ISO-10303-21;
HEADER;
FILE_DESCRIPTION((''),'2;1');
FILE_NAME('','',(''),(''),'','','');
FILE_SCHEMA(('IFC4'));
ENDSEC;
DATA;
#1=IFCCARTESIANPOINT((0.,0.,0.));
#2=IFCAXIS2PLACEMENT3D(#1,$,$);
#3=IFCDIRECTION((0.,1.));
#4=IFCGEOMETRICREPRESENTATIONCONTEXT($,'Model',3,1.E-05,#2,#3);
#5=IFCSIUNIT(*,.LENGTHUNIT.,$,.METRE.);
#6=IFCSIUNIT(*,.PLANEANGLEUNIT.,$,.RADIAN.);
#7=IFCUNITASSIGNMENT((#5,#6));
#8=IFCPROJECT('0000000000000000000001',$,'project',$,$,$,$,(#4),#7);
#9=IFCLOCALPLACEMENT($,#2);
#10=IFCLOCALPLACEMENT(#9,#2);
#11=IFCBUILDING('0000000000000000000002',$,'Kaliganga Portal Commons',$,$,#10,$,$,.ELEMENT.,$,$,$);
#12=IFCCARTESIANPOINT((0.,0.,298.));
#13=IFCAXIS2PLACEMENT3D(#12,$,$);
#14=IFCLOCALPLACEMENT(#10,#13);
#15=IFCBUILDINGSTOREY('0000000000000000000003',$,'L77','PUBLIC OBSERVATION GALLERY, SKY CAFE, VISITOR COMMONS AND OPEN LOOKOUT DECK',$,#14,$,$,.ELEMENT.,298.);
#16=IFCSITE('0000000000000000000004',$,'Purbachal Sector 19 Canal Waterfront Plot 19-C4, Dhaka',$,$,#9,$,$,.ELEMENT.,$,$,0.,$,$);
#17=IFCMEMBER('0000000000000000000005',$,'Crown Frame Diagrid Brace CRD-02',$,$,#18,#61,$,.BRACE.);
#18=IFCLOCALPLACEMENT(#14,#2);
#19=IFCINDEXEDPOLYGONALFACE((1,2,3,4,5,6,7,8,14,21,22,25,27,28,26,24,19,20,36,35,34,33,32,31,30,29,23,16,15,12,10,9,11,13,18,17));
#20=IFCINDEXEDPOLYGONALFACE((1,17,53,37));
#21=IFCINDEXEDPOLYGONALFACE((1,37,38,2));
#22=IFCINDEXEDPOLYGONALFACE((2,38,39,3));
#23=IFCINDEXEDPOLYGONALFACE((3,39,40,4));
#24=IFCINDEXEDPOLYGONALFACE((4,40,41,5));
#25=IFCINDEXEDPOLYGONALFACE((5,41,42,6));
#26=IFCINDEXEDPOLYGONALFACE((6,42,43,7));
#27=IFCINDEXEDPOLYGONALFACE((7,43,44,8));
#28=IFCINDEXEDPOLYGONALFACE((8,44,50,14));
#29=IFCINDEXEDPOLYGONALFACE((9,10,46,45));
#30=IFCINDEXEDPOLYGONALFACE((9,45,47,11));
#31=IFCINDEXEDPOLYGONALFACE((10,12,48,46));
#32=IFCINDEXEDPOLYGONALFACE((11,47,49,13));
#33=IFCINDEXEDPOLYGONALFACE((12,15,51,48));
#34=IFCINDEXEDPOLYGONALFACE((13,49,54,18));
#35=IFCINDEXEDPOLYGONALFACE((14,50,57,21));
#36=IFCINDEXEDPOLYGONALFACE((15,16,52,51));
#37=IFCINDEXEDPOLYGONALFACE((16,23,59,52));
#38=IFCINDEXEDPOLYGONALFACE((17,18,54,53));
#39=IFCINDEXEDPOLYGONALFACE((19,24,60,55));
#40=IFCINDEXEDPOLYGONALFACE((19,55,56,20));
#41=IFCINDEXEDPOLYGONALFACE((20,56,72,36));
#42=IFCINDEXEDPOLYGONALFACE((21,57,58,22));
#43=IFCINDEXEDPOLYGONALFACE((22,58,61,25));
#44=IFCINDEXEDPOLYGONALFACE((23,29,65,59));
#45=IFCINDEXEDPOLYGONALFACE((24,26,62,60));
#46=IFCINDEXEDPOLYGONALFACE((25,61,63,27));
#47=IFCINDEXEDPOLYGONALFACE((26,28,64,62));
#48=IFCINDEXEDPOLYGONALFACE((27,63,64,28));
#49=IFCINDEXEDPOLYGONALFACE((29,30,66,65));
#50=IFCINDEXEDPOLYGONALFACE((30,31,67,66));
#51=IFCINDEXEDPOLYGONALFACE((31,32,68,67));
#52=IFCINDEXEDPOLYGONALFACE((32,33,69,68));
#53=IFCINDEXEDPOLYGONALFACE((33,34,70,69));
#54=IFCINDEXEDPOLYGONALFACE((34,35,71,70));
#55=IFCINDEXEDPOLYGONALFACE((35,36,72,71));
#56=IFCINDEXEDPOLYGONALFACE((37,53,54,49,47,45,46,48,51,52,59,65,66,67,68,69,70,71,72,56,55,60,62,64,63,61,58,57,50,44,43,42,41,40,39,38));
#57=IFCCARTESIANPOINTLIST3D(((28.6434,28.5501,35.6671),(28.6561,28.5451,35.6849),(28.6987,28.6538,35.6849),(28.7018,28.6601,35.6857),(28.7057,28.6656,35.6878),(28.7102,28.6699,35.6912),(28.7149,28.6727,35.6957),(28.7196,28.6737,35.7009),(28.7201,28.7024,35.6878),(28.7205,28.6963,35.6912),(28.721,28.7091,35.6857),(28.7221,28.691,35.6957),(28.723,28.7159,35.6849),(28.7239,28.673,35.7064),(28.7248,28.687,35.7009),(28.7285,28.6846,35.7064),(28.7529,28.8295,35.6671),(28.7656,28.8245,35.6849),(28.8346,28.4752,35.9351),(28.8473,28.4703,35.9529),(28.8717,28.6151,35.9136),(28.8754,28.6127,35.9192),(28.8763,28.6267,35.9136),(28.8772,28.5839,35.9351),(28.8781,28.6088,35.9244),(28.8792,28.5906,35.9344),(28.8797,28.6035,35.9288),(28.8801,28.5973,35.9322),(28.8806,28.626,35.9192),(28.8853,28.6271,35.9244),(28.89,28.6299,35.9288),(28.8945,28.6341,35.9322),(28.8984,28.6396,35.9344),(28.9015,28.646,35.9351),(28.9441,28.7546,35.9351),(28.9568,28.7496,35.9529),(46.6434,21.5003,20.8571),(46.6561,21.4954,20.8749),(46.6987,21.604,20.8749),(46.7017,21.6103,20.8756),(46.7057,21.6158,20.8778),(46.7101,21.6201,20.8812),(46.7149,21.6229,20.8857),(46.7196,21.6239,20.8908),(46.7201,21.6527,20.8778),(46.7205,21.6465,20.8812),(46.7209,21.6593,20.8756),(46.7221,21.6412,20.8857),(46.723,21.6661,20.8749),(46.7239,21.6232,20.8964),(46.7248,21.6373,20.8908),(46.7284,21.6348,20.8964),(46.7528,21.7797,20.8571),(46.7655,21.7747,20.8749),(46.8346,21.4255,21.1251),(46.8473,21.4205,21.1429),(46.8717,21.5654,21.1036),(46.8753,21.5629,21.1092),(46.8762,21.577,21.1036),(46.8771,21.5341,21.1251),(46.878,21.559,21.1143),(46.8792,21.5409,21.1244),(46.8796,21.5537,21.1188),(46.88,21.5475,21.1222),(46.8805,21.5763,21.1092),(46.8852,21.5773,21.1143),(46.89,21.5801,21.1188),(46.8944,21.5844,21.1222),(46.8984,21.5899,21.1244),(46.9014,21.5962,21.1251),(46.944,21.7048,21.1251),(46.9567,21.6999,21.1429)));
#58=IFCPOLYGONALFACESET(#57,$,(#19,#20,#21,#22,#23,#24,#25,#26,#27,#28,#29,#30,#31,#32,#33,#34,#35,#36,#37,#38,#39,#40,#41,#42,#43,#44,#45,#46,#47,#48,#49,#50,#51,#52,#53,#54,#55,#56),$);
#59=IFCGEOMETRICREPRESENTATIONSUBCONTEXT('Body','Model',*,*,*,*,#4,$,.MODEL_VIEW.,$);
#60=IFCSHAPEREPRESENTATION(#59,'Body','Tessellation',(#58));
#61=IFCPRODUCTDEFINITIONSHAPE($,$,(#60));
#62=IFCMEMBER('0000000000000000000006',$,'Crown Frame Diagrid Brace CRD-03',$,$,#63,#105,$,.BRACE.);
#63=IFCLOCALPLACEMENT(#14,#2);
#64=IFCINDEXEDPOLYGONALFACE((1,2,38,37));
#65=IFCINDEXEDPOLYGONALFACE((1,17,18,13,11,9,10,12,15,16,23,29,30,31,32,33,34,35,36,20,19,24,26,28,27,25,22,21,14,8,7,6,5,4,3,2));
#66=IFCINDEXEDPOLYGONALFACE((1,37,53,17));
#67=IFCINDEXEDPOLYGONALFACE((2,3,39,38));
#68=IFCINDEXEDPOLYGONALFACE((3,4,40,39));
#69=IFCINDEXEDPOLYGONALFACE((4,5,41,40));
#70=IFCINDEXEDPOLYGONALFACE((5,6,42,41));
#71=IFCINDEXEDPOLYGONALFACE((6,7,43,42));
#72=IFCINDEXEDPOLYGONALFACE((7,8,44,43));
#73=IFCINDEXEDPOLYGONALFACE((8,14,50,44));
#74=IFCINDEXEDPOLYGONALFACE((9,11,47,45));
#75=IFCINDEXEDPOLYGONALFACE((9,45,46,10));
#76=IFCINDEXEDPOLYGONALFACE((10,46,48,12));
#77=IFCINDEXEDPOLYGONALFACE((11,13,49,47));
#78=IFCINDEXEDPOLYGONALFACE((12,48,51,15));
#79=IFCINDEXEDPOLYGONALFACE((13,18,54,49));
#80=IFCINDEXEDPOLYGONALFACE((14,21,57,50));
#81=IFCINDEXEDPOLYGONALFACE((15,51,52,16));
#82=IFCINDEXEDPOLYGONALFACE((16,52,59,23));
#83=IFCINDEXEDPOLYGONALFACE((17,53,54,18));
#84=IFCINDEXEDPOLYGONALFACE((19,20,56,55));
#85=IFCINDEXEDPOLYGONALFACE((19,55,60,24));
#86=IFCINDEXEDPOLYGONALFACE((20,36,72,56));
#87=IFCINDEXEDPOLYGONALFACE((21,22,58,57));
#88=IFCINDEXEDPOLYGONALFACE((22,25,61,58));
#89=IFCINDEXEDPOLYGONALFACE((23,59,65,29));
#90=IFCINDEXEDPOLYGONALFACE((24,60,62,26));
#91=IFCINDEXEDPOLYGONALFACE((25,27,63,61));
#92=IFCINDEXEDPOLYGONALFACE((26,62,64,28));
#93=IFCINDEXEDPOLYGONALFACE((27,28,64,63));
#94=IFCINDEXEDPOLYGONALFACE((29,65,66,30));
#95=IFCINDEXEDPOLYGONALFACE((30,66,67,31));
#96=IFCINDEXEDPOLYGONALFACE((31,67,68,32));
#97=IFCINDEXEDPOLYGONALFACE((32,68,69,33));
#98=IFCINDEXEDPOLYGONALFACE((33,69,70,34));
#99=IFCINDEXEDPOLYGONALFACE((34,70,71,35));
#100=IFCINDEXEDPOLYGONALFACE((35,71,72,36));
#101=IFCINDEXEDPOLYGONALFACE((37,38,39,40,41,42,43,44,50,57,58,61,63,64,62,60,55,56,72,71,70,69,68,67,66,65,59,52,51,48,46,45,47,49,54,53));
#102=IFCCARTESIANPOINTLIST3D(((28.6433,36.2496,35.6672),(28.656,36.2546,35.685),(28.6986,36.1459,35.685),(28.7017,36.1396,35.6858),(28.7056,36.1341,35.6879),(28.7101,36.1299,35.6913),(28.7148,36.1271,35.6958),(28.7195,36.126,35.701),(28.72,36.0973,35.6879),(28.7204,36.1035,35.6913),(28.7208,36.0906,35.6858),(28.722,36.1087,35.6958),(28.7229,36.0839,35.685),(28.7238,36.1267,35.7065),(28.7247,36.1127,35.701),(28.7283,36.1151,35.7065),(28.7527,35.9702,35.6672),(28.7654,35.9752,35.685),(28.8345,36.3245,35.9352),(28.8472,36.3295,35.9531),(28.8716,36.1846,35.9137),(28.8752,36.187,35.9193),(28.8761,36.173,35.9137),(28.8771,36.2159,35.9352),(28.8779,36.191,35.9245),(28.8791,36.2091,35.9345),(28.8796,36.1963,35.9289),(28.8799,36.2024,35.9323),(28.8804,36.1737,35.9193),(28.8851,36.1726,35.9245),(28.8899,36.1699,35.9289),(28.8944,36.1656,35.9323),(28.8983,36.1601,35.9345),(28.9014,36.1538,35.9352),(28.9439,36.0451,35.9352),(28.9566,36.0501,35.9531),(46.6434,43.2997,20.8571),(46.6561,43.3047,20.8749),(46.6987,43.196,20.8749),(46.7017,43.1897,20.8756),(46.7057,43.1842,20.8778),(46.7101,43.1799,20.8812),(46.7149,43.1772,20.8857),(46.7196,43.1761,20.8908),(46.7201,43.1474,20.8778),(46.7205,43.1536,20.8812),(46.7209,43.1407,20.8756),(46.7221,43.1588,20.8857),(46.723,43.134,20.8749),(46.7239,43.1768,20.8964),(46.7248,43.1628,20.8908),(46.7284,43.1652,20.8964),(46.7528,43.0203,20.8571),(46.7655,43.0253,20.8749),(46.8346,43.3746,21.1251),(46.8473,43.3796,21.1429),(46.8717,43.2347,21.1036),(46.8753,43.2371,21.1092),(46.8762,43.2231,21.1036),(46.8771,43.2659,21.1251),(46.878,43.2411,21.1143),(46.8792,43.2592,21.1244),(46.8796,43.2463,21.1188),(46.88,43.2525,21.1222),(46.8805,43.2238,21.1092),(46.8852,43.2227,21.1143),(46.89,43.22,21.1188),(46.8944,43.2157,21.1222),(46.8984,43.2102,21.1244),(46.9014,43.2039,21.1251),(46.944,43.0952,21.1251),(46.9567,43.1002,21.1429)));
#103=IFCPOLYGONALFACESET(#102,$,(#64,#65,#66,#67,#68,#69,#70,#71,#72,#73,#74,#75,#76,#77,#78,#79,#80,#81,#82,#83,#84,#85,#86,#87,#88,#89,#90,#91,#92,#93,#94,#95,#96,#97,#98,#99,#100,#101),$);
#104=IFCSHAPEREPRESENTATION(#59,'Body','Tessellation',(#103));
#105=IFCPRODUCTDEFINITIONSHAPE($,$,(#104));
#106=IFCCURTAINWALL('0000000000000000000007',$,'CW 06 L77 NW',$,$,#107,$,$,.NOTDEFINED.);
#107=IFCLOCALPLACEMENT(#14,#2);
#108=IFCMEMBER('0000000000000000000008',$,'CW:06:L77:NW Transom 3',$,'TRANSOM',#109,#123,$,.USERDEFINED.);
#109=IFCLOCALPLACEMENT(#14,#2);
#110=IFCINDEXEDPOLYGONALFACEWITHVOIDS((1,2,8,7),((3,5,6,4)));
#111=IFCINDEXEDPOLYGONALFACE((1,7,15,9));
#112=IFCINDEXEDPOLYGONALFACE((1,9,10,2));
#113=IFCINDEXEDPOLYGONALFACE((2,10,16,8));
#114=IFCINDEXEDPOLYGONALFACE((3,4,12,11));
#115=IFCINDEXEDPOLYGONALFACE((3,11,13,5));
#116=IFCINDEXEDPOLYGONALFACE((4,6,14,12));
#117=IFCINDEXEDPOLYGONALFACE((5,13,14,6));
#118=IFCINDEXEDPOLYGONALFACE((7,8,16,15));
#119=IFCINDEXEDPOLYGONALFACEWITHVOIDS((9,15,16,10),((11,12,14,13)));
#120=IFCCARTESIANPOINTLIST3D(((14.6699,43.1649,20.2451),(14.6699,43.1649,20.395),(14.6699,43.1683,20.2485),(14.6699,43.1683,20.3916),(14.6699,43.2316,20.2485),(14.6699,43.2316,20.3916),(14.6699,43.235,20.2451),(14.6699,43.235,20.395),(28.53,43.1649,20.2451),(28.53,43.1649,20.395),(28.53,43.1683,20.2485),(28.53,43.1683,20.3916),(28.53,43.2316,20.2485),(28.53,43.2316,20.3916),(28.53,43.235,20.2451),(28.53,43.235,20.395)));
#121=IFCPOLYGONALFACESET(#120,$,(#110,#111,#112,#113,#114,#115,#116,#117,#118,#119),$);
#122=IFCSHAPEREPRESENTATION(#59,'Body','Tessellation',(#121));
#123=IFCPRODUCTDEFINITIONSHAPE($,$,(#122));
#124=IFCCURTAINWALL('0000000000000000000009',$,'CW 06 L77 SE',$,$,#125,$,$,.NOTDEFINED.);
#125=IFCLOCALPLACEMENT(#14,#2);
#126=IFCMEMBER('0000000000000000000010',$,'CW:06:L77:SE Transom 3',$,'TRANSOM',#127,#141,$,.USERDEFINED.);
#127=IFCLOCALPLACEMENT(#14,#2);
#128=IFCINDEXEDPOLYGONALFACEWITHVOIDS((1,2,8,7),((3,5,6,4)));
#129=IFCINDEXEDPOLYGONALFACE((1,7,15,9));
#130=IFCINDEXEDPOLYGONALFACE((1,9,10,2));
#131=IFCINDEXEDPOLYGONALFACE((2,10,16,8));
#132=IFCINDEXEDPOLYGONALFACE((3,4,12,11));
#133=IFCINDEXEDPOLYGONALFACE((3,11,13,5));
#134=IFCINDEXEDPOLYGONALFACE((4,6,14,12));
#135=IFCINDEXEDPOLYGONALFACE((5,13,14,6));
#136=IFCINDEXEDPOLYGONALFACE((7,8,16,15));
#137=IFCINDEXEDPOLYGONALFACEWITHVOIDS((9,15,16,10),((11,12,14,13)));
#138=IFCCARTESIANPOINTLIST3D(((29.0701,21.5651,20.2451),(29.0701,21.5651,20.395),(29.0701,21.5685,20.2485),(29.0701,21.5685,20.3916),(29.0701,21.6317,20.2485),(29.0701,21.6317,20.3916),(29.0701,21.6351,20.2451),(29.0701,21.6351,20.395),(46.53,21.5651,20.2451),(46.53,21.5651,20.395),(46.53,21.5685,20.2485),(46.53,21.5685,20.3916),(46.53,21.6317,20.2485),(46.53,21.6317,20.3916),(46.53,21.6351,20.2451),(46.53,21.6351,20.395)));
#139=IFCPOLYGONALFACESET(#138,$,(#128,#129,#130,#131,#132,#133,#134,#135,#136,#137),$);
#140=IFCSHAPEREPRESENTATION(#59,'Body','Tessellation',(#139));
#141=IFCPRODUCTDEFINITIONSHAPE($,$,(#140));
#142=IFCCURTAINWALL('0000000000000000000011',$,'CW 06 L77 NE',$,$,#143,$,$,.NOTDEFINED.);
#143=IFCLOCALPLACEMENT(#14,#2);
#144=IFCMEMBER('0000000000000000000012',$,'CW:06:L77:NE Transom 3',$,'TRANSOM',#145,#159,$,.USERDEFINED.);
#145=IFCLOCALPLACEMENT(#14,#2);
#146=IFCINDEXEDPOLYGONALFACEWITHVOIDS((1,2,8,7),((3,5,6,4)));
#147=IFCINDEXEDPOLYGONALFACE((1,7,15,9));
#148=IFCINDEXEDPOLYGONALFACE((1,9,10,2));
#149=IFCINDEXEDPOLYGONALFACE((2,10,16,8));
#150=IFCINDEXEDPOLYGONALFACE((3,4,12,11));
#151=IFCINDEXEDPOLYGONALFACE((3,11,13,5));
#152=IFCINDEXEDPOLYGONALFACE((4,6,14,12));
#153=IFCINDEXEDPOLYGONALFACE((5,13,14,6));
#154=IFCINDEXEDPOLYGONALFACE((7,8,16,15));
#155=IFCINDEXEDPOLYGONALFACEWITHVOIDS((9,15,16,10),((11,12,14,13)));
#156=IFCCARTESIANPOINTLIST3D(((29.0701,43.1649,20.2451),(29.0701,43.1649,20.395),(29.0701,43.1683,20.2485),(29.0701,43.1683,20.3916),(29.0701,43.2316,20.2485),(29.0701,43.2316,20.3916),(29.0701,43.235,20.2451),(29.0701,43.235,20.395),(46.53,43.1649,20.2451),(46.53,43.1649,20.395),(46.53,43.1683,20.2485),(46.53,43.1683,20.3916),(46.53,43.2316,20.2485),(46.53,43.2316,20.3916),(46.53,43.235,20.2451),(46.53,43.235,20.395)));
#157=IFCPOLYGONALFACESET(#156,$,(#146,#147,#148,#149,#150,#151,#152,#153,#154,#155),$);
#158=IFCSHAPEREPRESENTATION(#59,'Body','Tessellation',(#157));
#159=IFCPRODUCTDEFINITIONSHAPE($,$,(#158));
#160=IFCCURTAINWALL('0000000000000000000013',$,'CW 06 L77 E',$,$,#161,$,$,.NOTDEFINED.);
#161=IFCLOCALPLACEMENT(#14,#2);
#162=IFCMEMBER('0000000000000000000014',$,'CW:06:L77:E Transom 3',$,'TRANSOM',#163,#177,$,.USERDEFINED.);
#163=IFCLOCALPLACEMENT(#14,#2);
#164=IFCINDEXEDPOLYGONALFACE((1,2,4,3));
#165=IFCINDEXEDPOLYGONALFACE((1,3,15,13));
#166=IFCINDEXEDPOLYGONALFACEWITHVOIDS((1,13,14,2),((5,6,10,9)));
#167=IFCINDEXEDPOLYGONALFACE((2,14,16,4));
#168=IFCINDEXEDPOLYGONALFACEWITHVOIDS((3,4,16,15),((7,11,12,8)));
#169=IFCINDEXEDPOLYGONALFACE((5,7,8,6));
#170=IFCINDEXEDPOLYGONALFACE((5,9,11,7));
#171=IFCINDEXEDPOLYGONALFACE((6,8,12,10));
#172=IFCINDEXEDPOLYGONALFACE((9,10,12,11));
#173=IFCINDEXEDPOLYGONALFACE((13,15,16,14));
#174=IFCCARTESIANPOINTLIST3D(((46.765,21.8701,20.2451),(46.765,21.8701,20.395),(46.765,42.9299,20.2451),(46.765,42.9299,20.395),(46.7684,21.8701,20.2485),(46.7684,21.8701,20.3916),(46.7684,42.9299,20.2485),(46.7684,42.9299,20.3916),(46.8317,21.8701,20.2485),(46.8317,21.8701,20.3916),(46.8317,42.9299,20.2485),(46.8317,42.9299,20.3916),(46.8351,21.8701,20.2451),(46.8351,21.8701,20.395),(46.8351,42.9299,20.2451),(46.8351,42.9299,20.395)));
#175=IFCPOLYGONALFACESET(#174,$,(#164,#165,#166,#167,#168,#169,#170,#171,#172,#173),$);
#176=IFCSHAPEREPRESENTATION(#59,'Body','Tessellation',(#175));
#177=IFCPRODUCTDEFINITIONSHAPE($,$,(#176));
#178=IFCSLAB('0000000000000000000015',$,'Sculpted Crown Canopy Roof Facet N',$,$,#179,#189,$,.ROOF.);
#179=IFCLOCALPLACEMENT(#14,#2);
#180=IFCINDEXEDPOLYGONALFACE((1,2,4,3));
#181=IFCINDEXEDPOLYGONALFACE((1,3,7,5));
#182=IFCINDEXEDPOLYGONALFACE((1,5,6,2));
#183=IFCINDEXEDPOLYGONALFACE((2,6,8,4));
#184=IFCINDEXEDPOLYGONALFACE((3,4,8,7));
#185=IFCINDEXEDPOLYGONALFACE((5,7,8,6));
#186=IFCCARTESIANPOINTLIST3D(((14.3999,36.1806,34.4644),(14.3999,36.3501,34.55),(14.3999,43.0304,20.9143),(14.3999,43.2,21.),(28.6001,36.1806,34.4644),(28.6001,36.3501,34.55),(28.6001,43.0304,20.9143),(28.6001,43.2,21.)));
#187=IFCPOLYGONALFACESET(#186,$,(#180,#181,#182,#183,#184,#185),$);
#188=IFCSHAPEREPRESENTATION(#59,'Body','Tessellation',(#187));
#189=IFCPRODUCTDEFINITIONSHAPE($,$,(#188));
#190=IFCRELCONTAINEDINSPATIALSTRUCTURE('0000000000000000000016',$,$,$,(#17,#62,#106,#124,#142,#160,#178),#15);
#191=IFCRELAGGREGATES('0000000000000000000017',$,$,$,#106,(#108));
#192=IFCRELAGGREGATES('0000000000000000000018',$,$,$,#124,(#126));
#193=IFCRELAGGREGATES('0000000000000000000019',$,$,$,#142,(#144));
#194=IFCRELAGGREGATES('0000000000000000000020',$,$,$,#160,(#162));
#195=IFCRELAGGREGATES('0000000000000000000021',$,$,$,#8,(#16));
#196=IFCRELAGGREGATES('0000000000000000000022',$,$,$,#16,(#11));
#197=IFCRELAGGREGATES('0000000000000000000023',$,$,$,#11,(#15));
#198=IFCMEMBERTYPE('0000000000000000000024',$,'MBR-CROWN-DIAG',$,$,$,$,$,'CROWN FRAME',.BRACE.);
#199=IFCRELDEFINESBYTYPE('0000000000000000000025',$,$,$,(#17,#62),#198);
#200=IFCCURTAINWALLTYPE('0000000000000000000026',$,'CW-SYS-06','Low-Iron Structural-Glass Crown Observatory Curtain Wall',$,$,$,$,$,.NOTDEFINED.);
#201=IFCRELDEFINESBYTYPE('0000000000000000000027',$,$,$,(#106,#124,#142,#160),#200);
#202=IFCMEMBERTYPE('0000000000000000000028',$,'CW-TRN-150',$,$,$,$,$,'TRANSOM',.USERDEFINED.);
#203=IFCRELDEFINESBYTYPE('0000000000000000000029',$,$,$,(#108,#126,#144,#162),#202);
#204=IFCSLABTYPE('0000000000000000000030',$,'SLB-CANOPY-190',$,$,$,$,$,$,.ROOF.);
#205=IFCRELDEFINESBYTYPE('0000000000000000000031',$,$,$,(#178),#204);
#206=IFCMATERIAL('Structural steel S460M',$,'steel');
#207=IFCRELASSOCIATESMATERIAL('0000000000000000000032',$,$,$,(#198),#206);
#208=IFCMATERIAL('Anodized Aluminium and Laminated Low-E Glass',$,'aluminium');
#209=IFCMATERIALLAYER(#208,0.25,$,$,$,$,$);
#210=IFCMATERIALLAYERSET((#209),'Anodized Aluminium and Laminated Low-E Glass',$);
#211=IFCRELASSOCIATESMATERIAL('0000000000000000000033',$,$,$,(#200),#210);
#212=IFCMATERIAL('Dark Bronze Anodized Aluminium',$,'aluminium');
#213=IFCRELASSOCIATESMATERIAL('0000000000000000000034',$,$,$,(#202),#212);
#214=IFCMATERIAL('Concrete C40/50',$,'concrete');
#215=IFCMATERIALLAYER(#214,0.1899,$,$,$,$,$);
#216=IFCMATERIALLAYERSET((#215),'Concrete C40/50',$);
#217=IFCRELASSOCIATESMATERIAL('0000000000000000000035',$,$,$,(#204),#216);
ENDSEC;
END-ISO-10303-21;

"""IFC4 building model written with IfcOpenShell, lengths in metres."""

from ifc_helpers import new_model, si_unit, direction, frame, origin, origin_2d, place, context, subcontext, project, spatial, polyline, hollow_rectangle, i_section, outline, extrude, source, transform, mapped, material, layer, layer_set, material_profile, profile_set, type_object, element, aggregate, save


model = new_model("IFC4")

# Units and contexts
model_context = context("Model", 3, precision=1e-05, world=origin(), true_north=direction((0.0, 1.0)))
body_context = subcontext(model_context, "Body", "Model", "MODEL_VIEW")
ifc_project = project(units=[si_unit("LENGTHUNIT", "METRE"), si_unit("PLANEANGLEUNIT", "RADIAN")], contexts=[model_context])

# Site, building, storey
site_placement = place(None, origin())
site = spatial("IfcSite", under=ifc_project, at=site_placement, Name="Purbachal Sector 19 Canal Waterfront Plot 19-C4, Dhaka", CompositionType="ELEMENT", RefElevation=0.0)
building_placement = place(site_placement, origin())
building = spatial("IfcBuilding", under=site, at=building_placement, Name="Kaliganga Portal Commons", CompositionType="ELEMENT")
storey_placement = place(building_placement, frame((0.0, 0.0, 298.0)))
storey = spatial("IfcBuildingStorey", under=building, at=storey_placement, Name="L77", Description="PUBLIC OBSERVATION GALLERY, SKY CAFE, VISITOR COMMONS AND OPEN LOOKOUT DECK", CompositionType="ELEMENT", Elevation=298.0)

# Shared definitions
ifc_material_1 = material(Name="Structural steel S460M", Category="steel")

# Members
ifc_material_profile_1 = material_profile(ifc_material_1, i_section(OverallWidth=0.3, OverallDepth=0.3601, WebThickness=0.0125, FlangeThickness=0.0225, FilletRadius=0.0271, at=origin_2d()), Name="HE 360 B")
ifc_profile_set_1 = profile_set([ifc_material_profile_1], Name="Structural steel S460M wide-flange")
member_type_1 = type_object("IfcMemberType", Name="MBR-CROWN-DIAG", ElementType="CROWN FRAME", PredefinedType="BRACE", material=ifc_profile_set_1)
shared_shape_1 = source(origin(), body_context, "Body", "SweptSolid", [
    extrude(i_section(OverallWidth=0.3, OverallDepth=0.3601, WebThickness=0.0125, FlangeThickness=0.0225, FilletRadius=0.0271, at=origin_2d()), origin(), (0.0, 0.0, 1.0), 24.3523),
])
member_1_placement = place(storey_placement, frame((46.8, 21.6001, 21.0), z_axis=(-0.739148, 0.289492, 0.608157), x_axis=(-0.364683, -0.931132, 0.0)))
element("IfcMember", 1, at=member_1_placement, inside=storey, type_object=member_type_1, Name="Crown Frame Diagrid Brace CRD-02", PredefinedType="BRACE", context=body_context, shape_type="MappedRepresentation", body=[
    mapped(shared_shape_1, transform((0.0, 0.0, 0.0), x_axis=(1.0, 0.0, 0.0), y_axis=(0.0, 1.0, 0.0), z_axis=(0.0, 0.0, 1.0), scale=1.0)),
])
shared_shape_2 = source(origin(), body_context, "Body", "SweptSolid", [
    extrude(i_section(OverallWidth=0.3, OverallDepth=0.3601, WebThickness=0.0125, FlangeThickness=0.0225, FilletRadius=0.0271, at=origin_2d()), origin(), (0.0, 0.0, 1.0), 24.3525),
])
member_2_placement = place(storey_placement, frame((46.8, 43.2, 21.0), z_axis=(-0.739146, -0.289501, 0.608155), x_axis=(0.364694, -0.931127, 0.0)))
element("IfcMember", 2, at=member_2_placement, inside=storey, type_object=member_type_1, Name="Crown Frame Diagrid Brace CRD-03", PredefinedType="BRACE", context=body_context, shape_type="MappedRepresentation", body=[
    mapped(shared_shape_2, transform((0.0, 0.0, 0.0), x_axis=(1.0, 0.0, 0.0), y_axis=(0.0, 1.0, 0.0), z_axis=(0.0, 0.0, 1.0), scale=1.0)),
])

# Curtain walls, members
ifc_material_2 = material(Name="Anodized Aluminium and Laminated Low-E Glass", Category="aluminium")
ifc_layer_1 = layer(ifc_material_2, 0.25)
ifc_layer_set_1 = layer_set([ifc_layer_1], Name="Anodized Aluminium and Laminated Low-E Glass")
curtain_wall_type = type_object("IfcCurtainWallType", Name="CW-SYS-06", Description="Low-Iron Structural-Glass Crown Observatory Curtain Wall", PredefinedType="NOTDEFINED", material=ifc_layer_set_1)
curtain_wall_1_placement = place(storey_placement, origin())
curtain_wall_1 = element("IfcCurtainWall", 3, at=curtain_wall_1_placement, inside=storey, type_object=curtain_wall_type, Name="CW 06 L77 NW", PredefinedType="NOTDEFINED")
ifc_material_3 = material(Name="Dark Bronze Anodized Aluminium", Category="aluminium")
ifc_material_profile_2 = material_profile(ifc_material_3, hollow_rectangle(XDim=0.0701, YDim=0.1499, WallThickness=0.0034, at=origin_2d()), Name="ALU TRAN 70x150x3.5")
ifc_profile_set_2 = profile_set([ifc_material_profile_2], Name="Dark Bronze Anodized Aluminium")
member_type_2 = type_object("IfcMemberType", Name="CW-TRN-150", ElementType="TRANSOM", PredefinedType="USERDEFINED", material=ifc_profile_set_2)
shared_shape_3 = source(origin(), body_context, "Body", "SweptSolid", [
    extrude(hollow_rectangle(XDim=0.0701, YDim=0.1499, WallThickness=0.0034, at=origin_2d()), origin(), (0.0, 0.0, 1.0), 13.8601),
])
member_3_placement = place(storey_placement, frame((28.53, 43.2, 20.3201), z_axis=(-1.0, 0.0, 0.0), x_axis=(0.0, -1.0, 0.0)))
member_3 = element("IfcMember", 4, at=member_3_placement, type_object=member_type_2, Name="CW:06:L77:NW Transom 3", ObjectType="TRANSOM", PredefinedType="USERDEFINED", context=body_context, shape_type="MappedRepresentation", body=[
    mapped(shared_shape_3, transform((0.0, 0.0, 0.0), x_axis=(1.0, 0.0, 0.0), y_axis=(0.0, 1.0, 0.0), z_axis=(0.0, 0.0, 1.0), scale=1.0)),
])
aggregate(curtain_wall_1, [member_3])
curtain_wall_2_placement = place(storey_placement, origin())
curtain_wall_2 = element("IfcCurtainWall", 5, at=curtain_wall_2_placement, inside=storey, type_object=curtain_wall_type, Name="CW 06 L77 SE", PredefinedType="NOTDEFINED")
shared_shape_4 = source(origin(), body_context, "Body", "SweptSolid", [
    extrude(hollow_rectangle(XDim=0.0701, YDim=0.1499, WallThickness=0.0034, at=origin_2d()), origin(), (0.0, 0.0, 1.0), 17.46),
])
member_4_placement = place(storey_placement, frame((29.0701, 21.6001, 20.3201), z_axis=(1.0, 0.0, 0.0), x_axis=(0.0, 1.0, 0.0)))
member_4 = element("IfcMember", 6, at=member_4_placement, type_object=member_type_2, Name="CW:06:L77:SE Transom 3", ObjectType="TRANSOM", PredefinedType="USERDEFINED", context=body_context, shape_type="MappedRepresentation", body=[
    mapped(shared_shape_4, transform((0.0, 0.0, 0.0), x_axis=(1.0, 0.0, 0.0), y_axis=(0.0, 1.0, 0.0), z_axis=(0.0, 0.0, 1.0), scale=1.0)),
])
aggregate(curtain_wall_2, [member_4])
curtain_wall_3_placement = place(storey_placement, origin())
curtain_wall_3 = element("IfcCurtainWall", 7, at=curtain_wall_3_placement, inside=storey, type_object=curtain_wall_type, Name="CW 06 L77 NE", PredefinedType="NOTDEFINED")
member_5_placement = place(storey_placement, frame((46.53, 43.2, 20.3201), z_axis=(-1.0, 0.0, 0.0), x_axis=(0.0, -1.0, 0.0)))
member_5 = element("IfcMember", 8, at=member_5_placement, type_object=member_type_2, Name="CW:06:L77:NE Transom 3", ObjectType="TRANSOM", PredefinedType="USERDEFINED", context=body_context, shape_type="MappedRepresentation", body=[
    mapped(shared_shape_4, transform((0.0, 0.0, 0.0), x_axis=(1.0, 0.0, 0.0), y_axis=(0.0, 1.0, 0.0), z_axis=(0.0, 0.0, 1.0), scale=1.0)),
])
aggregate(curtain_wall_3, [member_5])
curtain_wall_4_placement = place(storey_placement, origin())
curtain_wall_4 = element("IfcCurtainWall", 9, at=curtain_wall_4_placement, inside=storey, type_object=curtain_wall_type, Name="CW 06 L77 E", PredefinedType="NOTDEFINED")
shared_shape_5 = source(origin(), body_context, "Body", "SweptSolid", [
    extrude(hollow_rectangle(XDim=0.0701, YDim=0.1499, WallThickness=0.0034, at=origin_2d()), origin(), (0.0, 0.0, 1.0), 21.0598),
])
member_6_placement = place(storey_placement, frame((46.8, 21.8701, 20.3201), z_axis=(0.0, 1.0, 0.0), x_axis=(-1.0, 0.0, 0.0)))
member_6 = element("IfcMember", 10, at=member_6_placement, type_object=member_type_2, Name="CW:06:L77:E Transom 3", ObjectType="TRANSOM", PredefinedType="USERDEFINED", context=body_context, shape_type="MappedRepresentation", body=[
    mapped(shared_shape_5, transform((0.0, 0.0, 0.0), x_axis=(1.0, 0.0, 0.0), y_axis=(0.0, 1.0, 0.0), z_axis=(0.0, 0.0, 1.0), scale=1.0)),
])

# Slab
ifc_material_4 = material(Name="Concrete C40/50", Category="concrete")
ifc_layer_2 = layer(ifc_material_4, 0.1899)
ifc_layer_set_2 = layer_set([ifc_layer_2], Name="Concrete C40/50")
slab_type = type_object("IfcSlabType", Name="SLB-CANOPY-190", PredefinedType="ROOF", material=ifc_layer_set_2)
slab_1_placement = place(storey_placement, frame((28.6001, 43.2, 21.0), z_axis=(0.0, 0.892447, 0.451152), x_axis=(-1.0, 0.0, 0.0)))
element("IfcSlab", 11, at=slab_1_placement, inside=storey, type_object=slab_type, Name="Sculpted Crown Canopy Roof Facet N", PredefinedType="ROOF", context=body_context, shape_type="SweptSolid", body=[
    extrude(outline(polyline([(0.0, 0.0), (14.2002, 0.0), (14.2002, 15.183), (0.0, 15.183), (0.0, 0.0)])), origin(), (0.0, 0.0, -1.0), 0.1899),
])

aggregate(curtain_wall_4, [member_6])

save(model, "model.ifc")
